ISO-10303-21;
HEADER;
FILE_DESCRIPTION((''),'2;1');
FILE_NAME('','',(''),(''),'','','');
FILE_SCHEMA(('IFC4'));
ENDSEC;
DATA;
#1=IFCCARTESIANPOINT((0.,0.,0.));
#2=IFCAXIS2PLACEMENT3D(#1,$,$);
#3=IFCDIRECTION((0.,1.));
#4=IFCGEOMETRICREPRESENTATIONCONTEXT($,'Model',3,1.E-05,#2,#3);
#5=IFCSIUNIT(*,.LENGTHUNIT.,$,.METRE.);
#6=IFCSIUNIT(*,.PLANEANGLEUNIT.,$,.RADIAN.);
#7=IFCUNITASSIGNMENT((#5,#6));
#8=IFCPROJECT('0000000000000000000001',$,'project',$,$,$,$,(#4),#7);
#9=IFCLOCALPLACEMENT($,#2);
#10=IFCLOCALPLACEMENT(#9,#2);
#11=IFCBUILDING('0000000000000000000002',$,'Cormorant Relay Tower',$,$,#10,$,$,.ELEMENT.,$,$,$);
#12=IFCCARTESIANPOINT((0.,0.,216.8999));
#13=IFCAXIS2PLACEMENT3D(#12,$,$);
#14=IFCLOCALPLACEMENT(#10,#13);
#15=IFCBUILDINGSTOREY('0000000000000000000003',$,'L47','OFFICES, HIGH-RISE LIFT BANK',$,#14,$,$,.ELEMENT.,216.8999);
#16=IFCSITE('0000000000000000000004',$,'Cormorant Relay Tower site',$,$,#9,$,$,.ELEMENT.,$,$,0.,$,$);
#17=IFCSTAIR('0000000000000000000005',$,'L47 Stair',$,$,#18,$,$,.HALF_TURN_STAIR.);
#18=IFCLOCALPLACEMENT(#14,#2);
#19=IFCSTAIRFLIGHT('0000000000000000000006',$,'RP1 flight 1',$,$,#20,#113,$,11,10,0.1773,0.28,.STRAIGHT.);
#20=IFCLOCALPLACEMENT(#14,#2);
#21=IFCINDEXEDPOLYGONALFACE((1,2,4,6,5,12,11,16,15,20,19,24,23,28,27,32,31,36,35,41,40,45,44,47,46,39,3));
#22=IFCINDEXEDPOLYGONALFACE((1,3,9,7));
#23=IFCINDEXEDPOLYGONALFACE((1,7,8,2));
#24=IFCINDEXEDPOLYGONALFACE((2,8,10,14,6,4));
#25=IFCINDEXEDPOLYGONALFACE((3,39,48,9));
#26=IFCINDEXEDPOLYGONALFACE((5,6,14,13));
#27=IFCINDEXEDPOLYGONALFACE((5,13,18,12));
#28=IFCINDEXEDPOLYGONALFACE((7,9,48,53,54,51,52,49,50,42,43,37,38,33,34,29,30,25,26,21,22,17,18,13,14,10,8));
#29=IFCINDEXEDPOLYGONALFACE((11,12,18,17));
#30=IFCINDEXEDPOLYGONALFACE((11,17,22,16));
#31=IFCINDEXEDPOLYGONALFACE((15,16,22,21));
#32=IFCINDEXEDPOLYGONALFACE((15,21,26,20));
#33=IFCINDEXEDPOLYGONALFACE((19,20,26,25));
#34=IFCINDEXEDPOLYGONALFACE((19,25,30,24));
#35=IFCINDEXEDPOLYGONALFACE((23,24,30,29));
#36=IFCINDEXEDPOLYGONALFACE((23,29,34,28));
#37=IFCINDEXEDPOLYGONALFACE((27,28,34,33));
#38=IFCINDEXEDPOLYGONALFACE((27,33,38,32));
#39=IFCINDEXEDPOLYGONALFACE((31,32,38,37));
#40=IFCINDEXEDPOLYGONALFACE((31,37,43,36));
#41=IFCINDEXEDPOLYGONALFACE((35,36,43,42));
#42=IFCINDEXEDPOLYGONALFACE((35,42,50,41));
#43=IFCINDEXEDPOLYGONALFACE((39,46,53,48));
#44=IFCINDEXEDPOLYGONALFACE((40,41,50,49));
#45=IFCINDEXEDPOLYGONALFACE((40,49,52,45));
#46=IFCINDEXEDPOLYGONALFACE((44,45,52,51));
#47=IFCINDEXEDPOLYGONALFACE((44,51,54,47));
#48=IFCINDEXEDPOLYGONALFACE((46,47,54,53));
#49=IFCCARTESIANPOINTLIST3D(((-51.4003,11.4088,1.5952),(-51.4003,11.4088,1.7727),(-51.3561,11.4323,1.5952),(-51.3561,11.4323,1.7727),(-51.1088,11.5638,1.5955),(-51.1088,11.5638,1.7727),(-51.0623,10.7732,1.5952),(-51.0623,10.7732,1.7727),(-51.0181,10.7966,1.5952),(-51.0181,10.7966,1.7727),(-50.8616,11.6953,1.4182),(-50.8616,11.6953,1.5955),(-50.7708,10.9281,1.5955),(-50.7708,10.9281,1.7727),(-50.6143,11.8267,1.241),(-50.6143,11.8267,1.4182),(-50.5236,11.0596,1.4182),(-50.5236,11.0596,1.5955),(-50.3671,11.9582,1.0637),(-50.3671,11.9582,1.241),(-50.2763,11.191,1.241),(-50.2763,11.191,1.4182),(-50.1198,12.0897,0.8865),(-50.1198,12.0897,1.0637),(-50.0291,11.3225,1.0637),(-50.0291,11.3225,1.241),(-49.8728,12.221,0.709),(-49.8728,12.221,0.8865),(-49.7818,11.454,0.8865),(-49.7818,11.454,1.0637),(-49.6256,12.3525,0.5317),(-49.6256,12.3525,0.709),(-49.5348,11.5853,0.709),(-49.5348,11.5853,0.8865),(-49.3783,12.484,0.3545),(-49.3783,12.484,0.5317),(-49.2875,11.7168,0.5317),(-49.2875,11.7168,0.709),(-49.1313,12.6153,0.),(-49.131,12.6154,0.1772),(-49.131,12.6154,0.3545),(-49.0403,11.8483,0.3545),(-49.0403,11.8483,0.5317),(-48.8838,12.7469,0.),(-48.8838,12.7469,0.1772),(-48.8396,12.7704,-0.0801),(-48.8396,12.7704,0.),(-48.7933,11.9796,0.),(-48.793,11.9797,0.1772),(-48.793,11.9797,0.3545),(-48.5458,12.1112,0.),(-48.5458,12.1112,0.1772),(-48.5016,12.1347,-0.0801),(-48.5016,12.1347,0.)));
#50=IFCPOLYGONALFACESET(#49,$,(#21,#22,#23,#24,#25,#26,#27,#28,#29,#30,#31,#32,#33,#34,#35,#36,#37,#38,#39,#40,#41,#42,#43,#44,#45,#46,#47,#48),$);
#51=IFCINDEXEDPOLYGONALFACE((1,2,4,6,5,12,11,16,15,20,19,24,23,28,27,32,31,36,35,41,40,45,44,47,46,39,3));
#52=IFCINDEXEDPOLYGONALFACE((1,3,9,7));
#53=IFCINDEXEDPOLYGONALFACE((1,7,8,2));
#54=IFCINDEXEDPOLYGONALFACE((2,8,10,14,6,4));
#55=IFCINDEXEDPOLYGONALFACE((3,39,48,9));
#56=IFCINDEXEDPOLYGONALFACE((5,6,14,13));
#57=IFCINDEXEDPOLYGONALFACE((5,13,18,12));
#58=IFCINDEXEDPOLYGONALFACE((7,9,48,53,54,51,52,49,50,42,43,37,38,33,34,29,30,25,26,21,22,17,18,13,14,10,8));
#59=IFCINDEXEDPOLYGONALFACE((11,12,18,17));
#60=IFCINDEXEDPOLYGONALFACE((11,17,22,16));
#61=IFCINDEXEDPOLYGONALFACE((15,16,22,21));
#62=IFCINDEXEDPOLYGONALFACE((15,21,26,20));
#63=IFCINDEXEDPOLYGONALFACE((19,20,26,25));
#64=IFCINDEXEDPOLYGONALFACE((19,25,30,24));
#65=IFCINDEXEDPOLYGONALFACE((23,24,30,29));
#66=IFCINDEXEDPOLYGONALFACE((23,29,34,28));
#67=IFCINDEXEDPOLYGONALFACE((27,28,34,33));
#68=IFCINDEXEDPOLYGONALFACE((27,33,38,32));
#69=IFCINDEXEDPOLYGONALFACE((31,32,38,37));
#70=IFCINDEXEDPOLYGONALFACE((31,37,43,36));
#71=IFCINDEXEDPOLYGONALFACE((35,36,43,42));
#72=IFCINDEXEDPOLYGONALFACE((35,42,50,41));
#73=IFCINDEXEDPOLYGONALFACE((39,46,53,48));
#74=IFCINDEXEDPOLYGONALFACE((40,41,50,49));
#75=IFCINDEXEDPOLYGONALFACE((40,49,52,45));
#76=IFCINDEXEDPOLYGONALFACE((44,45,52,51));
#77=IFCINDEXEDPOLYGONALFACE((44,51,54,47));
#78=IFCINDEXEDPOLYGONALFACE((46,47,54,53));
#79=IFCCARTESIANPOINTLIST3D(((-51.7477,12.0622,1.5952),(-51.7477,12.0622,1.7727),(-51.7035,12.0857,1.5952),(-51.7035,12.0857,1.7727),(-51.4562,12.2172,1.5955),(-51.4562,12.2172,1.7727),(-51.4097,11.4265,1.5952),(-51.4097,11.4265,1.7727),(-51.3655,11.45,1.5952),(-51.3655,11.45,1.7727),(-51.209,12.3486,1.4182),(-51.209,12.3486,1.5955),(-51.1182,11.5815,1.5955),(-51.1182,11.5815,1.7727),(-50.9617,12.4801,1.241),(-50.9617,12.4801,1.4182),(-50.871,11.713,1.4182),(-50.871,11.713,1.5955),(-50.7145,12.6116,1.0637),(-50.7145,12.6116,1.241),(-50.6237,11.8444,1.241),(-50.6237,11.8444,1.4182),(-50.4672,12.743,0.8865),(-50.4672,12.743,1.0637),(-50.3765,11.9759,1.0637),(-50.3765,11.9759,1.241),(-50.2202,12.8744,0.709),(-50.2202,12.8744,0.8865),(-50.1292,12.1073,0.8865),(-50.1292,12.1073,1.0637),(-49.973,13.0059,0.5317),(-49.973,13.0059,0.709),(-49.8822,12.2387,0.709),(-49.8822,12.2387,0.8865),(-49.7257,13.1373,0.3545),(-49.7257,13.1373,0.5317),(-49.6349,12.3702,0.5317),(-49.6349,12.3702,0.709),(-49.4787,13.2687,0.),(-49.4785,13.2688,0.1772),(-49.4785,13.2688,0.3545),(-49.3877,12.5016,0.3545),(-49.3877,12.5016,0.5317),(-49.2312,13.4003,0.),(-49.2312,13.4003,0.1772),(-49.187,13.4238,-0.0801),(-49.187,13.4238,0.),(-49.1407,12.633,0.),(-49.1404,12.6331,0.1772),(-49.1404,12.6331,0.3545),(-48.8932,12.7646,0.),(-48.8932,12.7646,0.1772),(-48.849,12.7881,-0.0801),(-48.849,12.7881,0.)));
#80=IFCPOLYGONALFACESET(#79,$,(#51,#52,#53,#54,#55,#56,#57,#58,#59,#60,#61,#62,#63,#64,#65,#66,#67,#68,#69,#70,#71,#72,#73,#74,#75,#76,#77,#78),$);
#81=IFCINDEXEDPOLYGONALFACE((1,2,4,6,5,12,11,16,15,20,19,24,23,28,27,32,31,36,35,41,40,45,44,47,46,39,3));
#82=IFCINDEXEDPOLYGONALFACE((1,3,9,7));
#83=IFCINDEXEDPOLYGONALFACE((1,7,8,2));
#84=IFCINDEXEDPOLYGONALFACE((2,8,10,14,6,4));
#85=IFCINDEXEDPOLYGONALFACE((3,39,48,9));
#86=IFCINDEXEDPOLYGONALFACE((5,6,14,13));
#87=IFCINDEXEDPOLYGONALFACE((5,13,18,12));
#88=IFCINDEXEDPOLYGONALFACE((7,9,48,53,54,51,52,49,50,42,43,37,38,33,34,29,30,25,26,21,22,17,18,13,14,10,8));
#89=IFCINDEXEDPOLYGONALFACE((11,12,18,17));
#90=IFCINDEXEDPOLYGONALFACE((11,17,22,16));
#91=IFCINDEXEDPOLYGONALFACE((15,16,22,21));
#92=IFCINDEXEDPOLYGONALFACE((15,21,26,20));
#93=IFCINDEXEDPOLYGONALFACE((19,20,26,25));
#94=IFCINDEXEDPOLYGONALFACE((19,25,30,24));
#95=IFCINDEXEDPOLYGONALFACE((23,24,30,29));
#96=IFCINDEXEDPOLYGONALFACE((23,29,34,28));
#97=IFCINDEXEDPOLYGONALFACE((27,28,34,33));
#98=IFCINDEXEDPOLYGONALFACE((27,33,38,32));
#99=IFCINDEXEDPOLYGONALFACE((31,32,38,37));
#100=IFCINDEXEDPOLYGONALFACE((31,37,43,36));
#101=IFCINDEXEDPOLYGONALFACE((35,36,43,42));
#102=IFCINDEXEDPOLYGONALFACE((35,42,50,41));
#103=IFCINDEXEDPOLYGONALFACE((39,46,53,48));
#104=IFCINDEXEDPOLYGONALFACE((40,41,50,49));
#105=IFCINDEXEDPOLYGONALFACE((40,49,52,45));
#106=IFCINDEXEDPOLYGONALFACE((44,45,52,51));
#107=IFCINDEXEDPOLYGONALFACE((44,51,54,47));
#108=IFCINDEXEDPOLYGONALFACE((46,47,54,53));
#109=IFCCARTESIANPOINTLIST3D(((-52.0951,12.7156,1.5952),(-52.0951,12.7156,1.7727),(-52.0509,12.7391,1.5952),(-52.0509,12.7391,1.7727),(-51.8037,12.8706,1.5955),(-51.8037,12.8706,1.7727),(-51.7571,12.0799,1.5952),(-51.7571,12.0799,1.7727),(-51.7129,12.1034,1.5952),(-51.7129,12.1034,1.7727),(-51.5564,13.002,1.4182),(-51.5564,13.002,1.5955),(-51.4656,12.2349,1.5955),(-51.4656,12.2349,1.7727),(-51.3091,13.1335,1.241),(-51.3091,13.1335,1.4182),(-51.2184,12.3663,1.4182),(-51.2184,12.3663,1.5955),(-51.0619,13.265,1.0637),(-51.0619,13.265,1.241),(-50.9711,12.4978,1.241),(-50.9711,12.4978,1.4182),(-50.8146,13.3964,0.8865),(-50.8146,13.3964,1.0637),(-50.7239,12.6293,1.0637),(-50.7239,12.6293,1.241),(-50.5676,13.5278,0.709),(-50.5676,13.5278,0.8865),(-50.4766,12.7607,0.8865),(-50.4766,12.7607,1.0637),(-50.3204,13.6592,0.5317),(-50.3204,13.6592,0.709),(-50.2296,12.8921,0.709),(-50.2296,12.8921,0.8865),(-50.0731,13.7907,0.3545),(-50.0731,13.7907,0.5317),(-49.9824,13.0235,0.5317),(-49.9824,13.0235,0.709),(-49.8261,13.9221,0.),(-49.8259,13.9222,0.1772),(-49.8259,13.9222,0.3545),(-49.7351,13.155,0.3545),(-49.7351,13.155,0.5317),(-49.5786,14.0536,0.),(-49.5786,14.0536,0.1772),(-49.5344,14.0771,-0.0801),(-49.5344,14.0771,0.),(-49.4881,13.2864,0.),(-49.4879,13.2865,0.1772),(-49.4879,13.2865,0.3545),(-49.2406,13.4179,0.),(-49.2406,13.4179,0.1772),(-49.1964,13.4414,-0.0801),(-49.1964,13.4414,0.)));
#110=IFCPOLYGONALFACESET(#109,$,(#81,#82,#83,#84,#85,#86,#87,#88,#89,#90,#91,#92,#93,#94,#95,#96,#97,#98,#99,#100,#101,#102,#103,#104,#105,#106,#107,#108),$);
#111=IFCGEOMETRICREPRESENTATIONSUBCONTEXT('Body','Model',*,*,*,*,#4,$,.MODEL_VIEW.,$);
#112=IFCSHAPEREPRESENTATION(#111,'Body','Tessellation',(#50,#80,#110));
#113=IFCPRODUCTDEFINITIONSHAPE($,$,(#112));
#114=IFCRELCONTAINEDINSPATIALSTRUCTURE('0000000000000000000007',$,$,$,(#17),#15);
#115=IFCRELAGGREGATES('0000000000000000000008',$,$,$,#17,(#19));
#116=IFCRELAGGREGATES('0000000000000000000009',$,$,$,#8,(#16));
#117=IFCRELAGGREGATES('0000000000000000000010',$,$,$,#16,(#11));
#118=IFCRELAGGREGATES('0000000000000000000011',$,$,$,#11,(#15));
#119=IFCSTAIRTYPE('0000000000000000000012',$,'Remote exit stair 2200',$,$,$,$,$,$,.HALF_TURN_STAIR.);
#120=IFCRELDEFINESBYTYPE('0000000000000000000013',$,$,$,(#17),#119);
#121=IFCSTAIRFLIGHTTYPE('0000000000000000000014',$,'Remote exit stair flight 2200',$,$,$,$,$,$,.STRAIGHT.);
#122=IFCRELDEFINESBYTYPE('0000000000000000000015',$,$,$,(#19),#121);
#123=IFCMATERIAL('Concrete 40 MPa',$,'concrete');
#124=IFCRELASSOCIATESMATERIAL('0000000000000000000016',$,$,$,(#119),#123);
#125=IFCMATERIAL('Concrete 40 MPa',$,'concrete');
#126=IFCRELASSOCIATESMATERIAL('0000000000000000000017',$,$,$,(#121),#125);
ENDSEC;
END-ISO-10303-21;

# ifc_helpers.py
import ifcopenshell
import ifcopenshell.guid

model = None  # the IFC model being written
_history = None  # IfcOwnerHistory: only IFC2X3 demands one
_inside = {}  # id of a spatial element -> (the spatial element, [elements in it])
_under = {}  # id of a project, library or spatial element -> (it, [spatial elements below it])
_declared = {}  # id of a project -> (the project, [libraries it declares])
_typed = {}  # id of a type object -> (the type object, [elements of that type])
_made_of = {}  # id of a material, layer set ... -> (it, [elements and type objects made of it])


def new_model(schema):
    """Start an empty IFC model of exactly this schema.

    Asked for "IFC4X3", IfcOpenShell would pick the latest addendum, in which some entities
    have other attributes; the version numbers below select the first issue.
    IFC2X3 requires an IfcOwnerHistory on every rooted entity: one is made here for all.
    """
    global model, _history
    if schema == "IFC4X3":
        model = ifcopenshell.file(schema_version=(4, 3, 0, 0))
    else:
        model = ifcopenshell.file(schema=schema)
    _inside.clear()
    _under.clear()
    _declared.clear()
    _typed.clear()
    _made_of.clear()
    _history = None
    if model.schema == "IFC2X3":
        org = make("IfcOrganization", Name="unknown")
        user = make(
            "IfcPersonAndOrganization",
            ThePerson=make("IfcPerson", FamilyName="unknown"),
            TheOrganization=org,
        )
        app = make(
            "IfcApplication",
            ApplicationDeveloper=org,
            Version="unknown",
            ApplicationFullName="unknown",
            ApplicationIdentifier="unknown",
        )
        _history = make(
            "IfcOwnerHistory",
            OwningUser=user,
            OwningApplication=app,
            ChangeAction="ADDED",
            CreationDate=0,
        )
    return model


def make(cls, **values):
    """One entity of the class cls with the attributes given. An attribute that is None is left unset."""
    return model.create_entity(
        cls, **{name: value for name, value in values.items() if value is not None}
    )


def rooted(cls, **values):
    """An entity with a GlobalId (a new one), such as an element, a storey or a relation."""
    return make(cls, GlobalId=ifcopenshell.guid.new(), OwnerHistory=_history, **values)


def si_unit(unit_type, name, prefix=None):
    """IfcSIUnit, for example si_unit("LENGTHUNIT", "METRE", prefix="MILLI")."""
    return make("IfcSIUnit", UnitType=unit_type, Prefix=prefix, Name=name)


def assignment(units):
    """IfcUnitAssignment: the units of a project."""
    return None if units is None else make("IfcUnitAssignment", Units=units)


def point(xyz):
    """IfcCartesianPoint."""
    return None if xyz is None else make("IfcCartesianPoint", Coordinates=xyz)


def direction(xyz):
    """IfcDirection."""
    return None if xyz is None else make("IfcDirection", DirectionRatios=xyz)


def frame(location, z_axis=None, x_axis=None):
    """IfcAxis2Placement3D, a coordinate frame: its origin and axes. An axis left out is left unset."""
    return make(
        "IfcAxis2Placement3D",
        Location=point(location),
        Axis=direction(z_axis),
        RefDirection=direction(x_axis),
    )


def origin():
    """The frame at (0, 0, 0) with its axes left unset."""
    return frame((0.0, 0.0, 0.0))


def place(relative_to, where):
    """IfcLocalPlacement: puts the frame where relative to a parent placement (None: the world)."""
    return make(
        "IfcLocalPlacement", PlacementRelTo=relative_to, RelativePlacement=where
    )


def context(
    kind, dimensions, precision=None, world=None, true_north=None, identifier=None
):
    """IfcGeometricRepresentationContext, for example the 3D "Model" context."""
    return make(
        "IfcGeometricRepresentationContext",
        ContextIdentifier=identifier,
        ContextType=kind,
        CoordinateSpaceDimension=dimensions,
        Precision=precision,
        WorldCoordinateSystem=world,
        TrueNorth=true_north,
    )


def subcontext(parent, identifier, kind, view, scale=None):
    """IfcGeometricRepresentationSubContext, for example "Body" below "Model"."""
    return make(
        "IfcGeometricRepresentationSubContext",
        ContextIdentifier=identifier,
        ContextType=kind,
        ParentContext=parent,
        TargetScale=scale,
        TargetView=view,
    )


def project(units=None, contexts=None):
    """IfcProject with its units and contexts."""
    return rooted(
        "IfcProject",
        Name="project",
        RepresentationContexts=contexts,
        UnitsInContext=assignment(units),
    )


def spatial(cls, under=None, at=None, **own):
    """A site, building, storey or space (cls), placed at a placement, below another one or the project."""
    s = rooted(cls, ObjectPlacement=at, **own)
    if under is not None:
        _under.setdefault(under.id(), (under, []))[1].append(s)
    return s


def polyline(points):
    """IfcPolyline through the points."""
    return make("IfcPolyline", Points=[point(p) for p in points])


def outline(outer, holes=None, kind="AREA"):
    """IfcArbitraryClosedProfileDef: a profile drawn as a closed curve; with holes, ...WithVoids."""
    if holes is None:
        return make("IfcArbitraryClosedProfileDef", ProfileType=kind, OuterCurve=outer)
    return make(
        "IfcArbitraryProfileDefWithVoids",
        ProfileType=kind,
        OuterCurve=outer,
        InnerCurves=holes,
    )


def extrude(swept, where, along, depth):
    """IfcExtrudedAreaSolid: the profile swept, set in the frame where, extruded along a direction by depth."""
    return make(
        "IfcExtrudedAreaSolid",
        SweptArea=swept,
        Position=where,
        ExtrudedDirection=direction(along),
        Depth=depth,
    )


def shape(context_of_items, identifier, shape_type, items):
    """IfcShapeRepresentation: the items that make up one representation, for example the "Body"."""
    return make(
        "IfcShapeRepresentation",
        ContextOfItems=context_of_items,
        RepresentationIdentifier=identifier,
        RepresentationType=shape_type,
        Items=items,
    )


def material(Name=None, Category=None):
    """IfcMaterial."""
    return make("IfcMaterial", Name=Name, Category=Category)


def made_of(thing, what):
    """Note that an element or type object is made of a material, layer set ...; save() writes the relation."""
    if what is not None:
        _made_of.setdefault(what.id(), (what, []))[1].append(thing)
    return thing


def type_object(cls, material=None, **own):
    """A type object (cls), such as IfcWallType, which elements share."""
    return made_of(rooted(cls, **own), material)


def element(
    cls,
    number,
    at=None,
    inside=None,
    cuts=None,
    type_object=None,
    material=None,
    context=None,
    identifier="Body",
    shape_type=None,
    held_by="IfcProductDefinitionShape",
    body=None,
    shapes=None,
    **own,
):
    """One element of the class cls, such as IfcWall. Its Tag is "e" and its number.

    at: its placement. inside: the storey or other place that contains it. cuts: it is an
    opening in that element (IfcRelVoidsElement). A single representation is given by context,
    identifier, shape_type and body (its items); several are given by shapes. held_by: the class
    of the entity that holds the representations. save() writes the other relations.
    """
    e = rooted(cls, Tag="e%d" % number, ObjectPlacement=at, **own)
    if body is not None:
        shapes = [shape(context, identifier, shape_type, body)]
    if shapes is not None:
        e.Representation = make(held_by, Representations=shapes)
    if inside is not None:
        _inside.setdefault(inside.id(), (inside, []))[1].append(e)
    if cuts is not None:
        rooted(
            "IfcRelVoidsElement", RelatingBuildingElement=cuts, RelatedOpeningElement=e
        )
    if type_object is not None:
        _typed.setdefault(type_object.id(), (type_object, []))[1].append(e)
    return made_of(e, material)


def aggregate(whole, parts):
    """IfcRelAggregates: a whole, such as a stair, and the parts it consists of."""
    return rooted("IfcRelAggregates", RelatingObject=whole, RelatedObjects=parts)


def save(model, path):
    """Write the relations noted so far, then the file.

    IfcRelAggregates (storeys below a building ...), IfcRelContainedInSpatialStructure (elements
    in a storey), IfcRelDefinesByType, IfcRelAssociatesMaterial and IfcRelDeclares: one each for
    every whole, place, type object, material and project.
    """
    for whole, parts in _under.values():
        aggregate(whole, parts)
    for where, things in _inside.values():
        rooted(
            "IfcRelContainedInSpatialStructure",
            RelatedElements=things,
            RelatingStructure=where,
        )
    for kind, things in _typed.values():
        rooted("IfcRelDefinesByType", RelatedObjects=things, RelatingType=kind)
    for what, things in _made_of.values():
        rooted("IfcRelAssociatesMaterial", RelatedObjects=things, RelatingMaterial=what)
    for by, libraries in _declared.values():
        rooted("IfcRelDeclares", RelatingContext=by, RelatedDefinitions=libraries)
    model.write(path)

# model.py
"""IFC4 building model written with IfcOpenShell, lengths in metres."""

from ifc_helpers import new_model, si_unit, direction, frame, origin, place, context, subcontext, project, spatial, polyline, outline, extrude, material, type_object, element, aggregate, save


model = new_model("IFC4")

# Units and contexts
model_context = context("Model", 3, precision=1e-05, world=origin(), true_north=direction((0.0, 1.0)))
body_context = subcontext(model_context, "Body", "Model", "MODEL_VIEW")
ifc_project = project(units=[si_unit("LENGTHUNIT", "METRE"), si_unit("PLANEANGLEUNIT", "RADIAN")], contexts=[model_context])

# Site, building, storey
site_placement = place(None, origin())
site = spatial("IfcSite", under=ifc_project, at=site_placement, Name="Cormorant Relay Tower site", CompositionType="ELEMENT", RefElevation=0.0)
building_placement = place(site_placement, origin())
building = spatial("IfcBuilding", under=site, at=building_placement, Name="Cormorant Relay Tower", CompositionType="ELEMENT")
storey_placement = place(building_placement, frame((0.0, 0.0, 216.8999)))
storey = spatial("IfcBuildingStorey", under=building, at=storey_placement, Name="L47", Description="OFFICES, HIGH-RISE LIFT BANK", CompositionType="ELEMENT", Elevation=216.8999)

# Stair, stair flight
ifc_material_1 = material(Name="Concrete 40 MPa", Category="concrete")
stair_type = type_object("IfcStairType", Name="Remote exit stair 2200", PredefinedType="HALF_TURN_STAIR", material=ifc_material_1)
stair_placement = place(storey_placement, origin())
stair = element("IfcStair", 1, at=stair_placement, inside=storey, type_object=stair_type, Name="L47 Stair", PredefinedType="HALF_TURN_STAIR")
ifc_material_2 = material(Name="Concrete 40 MPa", Category="concrete")
stair_flight_type = type_object("IfcStairFlightType", Name="Remote exit stair flight 2200", PredefinedType="STRAIGHT", material=ifc_material_2)
stair_flight_1_placement = place(storey_placement, frame((-49.0623, 13.0825, 0.0), z_axis=(0.0, 0.0, 1.0), x_axis=(-0.882948, -0.469472, 0.0)))
stair_flight_1 = element("IfcStairFlight", 2, at=stair_flight_1_placement, type_object=stair_flight_type, Name="RP1 flight 1", NumberOfRisers=11, NumberOfTreads=10, PredefinedType="STRAIGHT", RiserHeight=0.1773, TreadLength=0.28, context=body_context, shape_type="SweptSolid", body=[
    extrude(outline(polyline([(-0.05, -0.0801), (-0.05, 0.0), (0.0, 0.0), (0.0, 0.1772), (0.28, 0.1772), (0.28, 0.3545), (0.5601, 0.3545), (0.5601, 0.5317), (0.8401, 0.5317), (0.8401, 0.709), (1.1201, 0.709), (1.1201, 0.8865), (1.3999, 0.8865), (1.3999, 1.0637), (1.6799, 1.0637), (1.6799, 1.241), (1.96, 1.241), (1.96, 1.4182), (2.24, 1.4182), (2.24, 1.5955), (2.52, 1.5955), (2.52, 1.7727), (2.8, 1.7727), (2.8501, 1.7727), (2.8501, 1.5952), (2.8, 1.5952), (0.2803, 0.0), (-0.05, -0.0801)])), frame((0.0, 1.1001, 0.0), z_axis=(0.0, -1.0, 0.0), x_axis=(1.0, 0.0, 0.0)), (0.0, 0.0, 1.0), 0.72),
    extrude(outline(polyline([(-0.05, -0.0801), (-0.05, 0.0), (0.0, 0.0), (0.0, 0.1772), (0.28, 0.1772), (0.28, 0.3545), (0.5601, 0.3545), (0.5601, 0.5317), (0.8401, 0.5317), (0.8401, 0.709), (1.1201, 0.709), (1.1201, 0.8865), (1.3999, 0.8865), (1.3999, 1.0637), (1.6799, 1.0637), (1.6799, 1.241), (1.96, 1.241), (1.96, 1.4182), (2.24, 1.4182), (2.24, 1.5955), (2.52, 1.5955), (2.52, 1.7727), (2.8, 1.7727), (2.8501, 1.7727), (2.8501, 1.5952), (2.8, 1.5952), (0.2803, 0.0), (-0.05, -0.0801)])), frame((0.0, 0.3601, 0.0), z_axis=(0.0, -1.0, 0.0), x_axis=(1.0, 0.0, 0.0)), (0.0, 0.0, 1.0), 0.72),
    extrude(outline(polyline([(-0.05, -0.0801), (-0.05, 0.0), (0.0, 0.0), (0.0, 0.1772), (0.28, 0.1772), (0.28, 0.3545), (0.5601, 0.3545), (0.5601, 0.5317), (0.8401, 0.5317), (0.8401, 0.709), (1.1201, 0.709), (1.1201, 0.8865), (1.3999, 0.8865), (1.3999, 1.0637), (1.6799, 1.0637), (1.6799, 1.241), (1.96, 1.241), (1.96, 1.4182), (2.24, 1.4182), (2.24, 1.5955), (2.52, 1.5955), (2.52, 1.7727), (2.8, 1.7727), (2.8501, 1.7727), (2.8501, 1.5952), (2.8, 1.5952), (0.2803, 0.0), (-0.05, -0.0801)])), frame((0.0, -0.3799, 0.0), z_axis=(0.0, -1.0, 0.0), x_axis=(1.0, 0.0, 0.0)), (0.0, 0.0, 1.0), 0.72),
])
aggregate(stair, [stair_flight_1])

save(model, "model.ifc")
